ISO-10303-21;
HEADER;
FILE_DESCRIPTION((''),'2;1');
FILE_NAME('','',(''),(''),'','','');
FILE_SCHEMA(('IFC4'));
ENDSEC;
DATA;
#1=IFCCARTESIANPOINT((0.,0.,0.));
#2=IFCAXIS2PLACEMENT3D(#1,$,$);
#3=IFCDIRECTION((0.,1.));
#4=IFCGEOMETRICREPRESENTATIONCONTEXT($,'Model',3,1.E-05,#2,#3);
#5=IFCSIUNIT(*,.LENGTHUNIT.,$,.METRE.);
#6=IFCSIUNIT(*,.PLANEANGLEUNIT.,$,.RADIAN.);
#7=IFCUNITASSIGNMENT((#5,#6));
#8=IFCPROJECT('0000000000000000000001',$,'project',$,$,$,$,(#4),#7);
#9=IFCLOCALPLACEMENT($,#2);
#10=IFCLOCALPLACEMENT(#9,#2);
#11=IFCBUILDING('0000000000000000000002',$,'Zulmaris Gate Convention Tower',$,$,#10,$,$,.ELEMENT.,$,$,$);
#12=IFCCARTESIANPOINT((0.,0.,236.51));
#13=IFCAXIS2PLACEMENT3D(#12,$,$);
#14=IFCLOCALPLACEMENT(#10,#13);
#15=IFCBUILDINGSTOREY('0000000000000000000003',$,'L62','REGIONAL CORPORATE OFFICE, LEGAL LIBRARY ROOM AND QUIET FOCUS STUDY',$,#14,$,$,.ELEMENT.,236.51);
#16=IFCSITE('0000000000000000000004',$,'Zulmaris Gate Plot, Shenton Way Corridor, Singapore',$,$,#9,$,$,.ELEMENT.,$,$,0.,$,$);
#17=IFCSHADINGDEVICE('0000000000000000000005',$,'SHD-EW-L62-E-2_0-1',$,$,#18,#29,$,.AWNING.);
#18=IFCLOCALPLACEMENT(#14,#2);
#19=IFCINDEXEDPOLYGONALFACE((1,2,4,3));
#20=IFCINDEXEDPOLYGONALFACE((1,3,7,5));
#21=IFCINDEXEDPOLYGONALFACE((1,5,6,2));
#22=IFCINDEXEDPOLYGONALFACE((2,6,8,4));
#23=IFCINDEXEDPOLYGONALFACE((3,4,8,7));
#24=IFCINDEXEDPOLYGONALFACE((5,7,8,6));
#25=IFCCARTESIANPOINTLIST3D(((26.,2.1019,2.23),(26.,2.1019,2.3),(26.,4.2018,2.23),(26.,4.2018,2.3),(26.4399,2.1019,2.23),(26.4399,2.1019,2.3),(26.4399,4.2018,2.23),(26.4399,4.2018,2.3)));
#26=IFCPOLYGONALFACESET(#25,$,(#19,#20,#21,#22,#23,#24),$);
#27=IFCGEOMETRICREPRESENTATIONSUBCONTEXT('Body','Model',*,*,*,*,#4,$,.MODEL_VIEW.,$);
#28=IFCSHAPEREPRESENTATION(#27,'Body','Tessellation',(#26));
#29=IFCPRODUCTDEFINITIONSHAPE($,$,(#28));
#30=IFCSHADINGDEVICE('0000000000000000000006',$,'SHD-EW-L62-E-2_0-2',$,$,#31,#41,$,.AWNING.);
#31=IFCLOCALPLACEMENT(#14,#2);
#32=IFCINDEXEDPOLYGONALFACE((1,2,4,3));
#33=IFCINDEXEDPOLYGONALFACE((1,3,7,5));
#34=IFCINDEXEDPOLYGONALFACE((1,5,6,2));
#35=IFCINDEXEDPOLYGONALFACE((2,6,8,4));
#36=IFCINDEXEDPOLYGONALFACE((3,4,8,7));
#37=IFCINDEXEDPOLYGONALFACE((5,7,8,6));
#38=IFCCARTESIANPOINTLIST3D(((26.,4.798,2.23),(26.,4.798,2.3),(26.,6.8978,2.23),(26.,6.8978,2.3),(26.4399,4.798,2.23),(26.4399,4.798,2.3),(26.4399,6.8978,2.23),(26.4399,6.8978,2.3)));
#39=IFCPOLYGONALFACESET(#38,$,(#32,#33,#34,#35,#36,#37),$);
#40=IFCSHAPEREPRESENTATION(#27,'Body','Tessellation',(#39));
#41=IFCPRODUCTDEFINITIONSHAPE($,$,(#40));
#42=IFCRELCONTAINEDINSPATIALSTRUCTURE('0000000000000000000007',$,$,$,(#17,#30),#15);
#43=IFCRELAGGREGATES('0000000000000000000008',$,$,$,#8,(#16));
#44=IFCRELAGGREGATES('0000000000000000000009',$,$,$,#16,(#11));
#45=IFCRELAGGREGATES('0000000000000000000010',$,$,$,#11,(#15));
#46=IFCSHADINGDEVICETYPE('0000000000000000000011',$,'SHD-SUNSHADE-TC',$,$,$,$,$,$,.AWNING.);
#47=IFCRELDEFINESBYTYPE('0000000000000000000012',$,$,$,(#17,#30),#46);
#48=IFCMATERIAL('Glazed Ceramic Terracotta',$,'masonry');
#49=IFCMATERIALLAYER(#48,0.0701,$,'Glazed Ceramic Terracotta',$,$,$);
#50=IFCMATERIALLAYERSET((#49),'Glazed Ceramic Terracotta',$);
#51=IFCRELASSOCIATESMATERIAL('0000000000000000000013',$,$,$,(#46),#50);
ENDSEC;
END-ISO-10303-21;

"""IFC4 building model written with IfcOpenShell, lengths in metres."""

from ifc_helpers import new_model, si_unit, direction, frame, frame_2d, origin, place, context, subcontext, project, spatial, rectangle, extrude, material, layer, layer_set, type_object, element, save


model = new_model("IFC4")

# Units and contexts
model_context = context("Model", 3, precision=1e-05, world=origin(), true_north=direction((0.0, 1.0)))
body_context = subcontext(model_context, "Body", "Model", "MODEL_VIEW")
ifc_project = project(units=[si_unit("LENGTHUNIT", "METRE"), si_unit("PLANEANGLEUNIT", "RADIAN")], contexts=[model_context])

# Site, building, storey
site_placement = place(None, origin())
site = spatial("IfcSite", under=ifc_project, at=site_placement, Name="Zulmaris Gate Plot, Shenton Way Corridor, Singapore", CompositionType="ELEMENT", RefElevation=0.0)
building_placement = place(site_placement, origin())
building = spatial("IfcBuilding", under=site, at=building_placement, Name="Zulmaris Gate Convention Tower", CompositionType="ELEMENT")
storey_placement = place(building_placement, frame((0.0, 0.0, 236.51)))
storey = spatial("IfcBuildingStorey", under=building, at=storey_placement, Name="L62", Description="REGIONAL CORPORATE OFFICE, LEGAL LIBRARY ROOM AND QUIET FOCUS STUDY", CompositionType="ELEMENT", Elevation=236.51)

# Shading devices
ifc_material_1 = material(Name="Glazed Ceramic Terracotta", Category="masonry")
ifc_layer_1 = layer(ifc_material_1, 0.0701, Name="Glazed Ceramic Terracotta")
ifc_layer_set_1 = layer_set([ifc_layer_1], Name="Glazed Ceramic Terracotta")
shading_device_type = type_object("IfcShadingDeviceType", Name="SHD-SUNSHADE-TC", PredefinedType="AWNING", material=ifc_layer_set_1)
for number, where, z_axis, x_axis, name in (
    (1, (26.22, 2.1021, 2.23), (0.0, 0.0, 1.0), (0.0, 1.0, 0.0), "SHD-EW-L62-E-2_0-1"),
    (2, (26.22, 4.7981, 2.23), (0.0, 0.0, 1.0), (0.0, 1.0, 0.0), "SHD-EW-L62-E-2_0-2"),
):
    element("IfcShadingDevice", number, at=place(storey_placement, frame(where, z_axis=z_axis, x_axis=x_axis)), inside=storey, type_object=shading_device_type, Name=name, PredefinedType="AWNING", context=body_context, shape_type="SweptSolid", body=[
        extrude(rectangle(XDim=2.0999, YDim=0.4399, at=frame_2d((1.0498, 0.0))), origin(), (0.0, 0.0, 1.0), 0.0701),
    ])

save(model, "model.ifc")
